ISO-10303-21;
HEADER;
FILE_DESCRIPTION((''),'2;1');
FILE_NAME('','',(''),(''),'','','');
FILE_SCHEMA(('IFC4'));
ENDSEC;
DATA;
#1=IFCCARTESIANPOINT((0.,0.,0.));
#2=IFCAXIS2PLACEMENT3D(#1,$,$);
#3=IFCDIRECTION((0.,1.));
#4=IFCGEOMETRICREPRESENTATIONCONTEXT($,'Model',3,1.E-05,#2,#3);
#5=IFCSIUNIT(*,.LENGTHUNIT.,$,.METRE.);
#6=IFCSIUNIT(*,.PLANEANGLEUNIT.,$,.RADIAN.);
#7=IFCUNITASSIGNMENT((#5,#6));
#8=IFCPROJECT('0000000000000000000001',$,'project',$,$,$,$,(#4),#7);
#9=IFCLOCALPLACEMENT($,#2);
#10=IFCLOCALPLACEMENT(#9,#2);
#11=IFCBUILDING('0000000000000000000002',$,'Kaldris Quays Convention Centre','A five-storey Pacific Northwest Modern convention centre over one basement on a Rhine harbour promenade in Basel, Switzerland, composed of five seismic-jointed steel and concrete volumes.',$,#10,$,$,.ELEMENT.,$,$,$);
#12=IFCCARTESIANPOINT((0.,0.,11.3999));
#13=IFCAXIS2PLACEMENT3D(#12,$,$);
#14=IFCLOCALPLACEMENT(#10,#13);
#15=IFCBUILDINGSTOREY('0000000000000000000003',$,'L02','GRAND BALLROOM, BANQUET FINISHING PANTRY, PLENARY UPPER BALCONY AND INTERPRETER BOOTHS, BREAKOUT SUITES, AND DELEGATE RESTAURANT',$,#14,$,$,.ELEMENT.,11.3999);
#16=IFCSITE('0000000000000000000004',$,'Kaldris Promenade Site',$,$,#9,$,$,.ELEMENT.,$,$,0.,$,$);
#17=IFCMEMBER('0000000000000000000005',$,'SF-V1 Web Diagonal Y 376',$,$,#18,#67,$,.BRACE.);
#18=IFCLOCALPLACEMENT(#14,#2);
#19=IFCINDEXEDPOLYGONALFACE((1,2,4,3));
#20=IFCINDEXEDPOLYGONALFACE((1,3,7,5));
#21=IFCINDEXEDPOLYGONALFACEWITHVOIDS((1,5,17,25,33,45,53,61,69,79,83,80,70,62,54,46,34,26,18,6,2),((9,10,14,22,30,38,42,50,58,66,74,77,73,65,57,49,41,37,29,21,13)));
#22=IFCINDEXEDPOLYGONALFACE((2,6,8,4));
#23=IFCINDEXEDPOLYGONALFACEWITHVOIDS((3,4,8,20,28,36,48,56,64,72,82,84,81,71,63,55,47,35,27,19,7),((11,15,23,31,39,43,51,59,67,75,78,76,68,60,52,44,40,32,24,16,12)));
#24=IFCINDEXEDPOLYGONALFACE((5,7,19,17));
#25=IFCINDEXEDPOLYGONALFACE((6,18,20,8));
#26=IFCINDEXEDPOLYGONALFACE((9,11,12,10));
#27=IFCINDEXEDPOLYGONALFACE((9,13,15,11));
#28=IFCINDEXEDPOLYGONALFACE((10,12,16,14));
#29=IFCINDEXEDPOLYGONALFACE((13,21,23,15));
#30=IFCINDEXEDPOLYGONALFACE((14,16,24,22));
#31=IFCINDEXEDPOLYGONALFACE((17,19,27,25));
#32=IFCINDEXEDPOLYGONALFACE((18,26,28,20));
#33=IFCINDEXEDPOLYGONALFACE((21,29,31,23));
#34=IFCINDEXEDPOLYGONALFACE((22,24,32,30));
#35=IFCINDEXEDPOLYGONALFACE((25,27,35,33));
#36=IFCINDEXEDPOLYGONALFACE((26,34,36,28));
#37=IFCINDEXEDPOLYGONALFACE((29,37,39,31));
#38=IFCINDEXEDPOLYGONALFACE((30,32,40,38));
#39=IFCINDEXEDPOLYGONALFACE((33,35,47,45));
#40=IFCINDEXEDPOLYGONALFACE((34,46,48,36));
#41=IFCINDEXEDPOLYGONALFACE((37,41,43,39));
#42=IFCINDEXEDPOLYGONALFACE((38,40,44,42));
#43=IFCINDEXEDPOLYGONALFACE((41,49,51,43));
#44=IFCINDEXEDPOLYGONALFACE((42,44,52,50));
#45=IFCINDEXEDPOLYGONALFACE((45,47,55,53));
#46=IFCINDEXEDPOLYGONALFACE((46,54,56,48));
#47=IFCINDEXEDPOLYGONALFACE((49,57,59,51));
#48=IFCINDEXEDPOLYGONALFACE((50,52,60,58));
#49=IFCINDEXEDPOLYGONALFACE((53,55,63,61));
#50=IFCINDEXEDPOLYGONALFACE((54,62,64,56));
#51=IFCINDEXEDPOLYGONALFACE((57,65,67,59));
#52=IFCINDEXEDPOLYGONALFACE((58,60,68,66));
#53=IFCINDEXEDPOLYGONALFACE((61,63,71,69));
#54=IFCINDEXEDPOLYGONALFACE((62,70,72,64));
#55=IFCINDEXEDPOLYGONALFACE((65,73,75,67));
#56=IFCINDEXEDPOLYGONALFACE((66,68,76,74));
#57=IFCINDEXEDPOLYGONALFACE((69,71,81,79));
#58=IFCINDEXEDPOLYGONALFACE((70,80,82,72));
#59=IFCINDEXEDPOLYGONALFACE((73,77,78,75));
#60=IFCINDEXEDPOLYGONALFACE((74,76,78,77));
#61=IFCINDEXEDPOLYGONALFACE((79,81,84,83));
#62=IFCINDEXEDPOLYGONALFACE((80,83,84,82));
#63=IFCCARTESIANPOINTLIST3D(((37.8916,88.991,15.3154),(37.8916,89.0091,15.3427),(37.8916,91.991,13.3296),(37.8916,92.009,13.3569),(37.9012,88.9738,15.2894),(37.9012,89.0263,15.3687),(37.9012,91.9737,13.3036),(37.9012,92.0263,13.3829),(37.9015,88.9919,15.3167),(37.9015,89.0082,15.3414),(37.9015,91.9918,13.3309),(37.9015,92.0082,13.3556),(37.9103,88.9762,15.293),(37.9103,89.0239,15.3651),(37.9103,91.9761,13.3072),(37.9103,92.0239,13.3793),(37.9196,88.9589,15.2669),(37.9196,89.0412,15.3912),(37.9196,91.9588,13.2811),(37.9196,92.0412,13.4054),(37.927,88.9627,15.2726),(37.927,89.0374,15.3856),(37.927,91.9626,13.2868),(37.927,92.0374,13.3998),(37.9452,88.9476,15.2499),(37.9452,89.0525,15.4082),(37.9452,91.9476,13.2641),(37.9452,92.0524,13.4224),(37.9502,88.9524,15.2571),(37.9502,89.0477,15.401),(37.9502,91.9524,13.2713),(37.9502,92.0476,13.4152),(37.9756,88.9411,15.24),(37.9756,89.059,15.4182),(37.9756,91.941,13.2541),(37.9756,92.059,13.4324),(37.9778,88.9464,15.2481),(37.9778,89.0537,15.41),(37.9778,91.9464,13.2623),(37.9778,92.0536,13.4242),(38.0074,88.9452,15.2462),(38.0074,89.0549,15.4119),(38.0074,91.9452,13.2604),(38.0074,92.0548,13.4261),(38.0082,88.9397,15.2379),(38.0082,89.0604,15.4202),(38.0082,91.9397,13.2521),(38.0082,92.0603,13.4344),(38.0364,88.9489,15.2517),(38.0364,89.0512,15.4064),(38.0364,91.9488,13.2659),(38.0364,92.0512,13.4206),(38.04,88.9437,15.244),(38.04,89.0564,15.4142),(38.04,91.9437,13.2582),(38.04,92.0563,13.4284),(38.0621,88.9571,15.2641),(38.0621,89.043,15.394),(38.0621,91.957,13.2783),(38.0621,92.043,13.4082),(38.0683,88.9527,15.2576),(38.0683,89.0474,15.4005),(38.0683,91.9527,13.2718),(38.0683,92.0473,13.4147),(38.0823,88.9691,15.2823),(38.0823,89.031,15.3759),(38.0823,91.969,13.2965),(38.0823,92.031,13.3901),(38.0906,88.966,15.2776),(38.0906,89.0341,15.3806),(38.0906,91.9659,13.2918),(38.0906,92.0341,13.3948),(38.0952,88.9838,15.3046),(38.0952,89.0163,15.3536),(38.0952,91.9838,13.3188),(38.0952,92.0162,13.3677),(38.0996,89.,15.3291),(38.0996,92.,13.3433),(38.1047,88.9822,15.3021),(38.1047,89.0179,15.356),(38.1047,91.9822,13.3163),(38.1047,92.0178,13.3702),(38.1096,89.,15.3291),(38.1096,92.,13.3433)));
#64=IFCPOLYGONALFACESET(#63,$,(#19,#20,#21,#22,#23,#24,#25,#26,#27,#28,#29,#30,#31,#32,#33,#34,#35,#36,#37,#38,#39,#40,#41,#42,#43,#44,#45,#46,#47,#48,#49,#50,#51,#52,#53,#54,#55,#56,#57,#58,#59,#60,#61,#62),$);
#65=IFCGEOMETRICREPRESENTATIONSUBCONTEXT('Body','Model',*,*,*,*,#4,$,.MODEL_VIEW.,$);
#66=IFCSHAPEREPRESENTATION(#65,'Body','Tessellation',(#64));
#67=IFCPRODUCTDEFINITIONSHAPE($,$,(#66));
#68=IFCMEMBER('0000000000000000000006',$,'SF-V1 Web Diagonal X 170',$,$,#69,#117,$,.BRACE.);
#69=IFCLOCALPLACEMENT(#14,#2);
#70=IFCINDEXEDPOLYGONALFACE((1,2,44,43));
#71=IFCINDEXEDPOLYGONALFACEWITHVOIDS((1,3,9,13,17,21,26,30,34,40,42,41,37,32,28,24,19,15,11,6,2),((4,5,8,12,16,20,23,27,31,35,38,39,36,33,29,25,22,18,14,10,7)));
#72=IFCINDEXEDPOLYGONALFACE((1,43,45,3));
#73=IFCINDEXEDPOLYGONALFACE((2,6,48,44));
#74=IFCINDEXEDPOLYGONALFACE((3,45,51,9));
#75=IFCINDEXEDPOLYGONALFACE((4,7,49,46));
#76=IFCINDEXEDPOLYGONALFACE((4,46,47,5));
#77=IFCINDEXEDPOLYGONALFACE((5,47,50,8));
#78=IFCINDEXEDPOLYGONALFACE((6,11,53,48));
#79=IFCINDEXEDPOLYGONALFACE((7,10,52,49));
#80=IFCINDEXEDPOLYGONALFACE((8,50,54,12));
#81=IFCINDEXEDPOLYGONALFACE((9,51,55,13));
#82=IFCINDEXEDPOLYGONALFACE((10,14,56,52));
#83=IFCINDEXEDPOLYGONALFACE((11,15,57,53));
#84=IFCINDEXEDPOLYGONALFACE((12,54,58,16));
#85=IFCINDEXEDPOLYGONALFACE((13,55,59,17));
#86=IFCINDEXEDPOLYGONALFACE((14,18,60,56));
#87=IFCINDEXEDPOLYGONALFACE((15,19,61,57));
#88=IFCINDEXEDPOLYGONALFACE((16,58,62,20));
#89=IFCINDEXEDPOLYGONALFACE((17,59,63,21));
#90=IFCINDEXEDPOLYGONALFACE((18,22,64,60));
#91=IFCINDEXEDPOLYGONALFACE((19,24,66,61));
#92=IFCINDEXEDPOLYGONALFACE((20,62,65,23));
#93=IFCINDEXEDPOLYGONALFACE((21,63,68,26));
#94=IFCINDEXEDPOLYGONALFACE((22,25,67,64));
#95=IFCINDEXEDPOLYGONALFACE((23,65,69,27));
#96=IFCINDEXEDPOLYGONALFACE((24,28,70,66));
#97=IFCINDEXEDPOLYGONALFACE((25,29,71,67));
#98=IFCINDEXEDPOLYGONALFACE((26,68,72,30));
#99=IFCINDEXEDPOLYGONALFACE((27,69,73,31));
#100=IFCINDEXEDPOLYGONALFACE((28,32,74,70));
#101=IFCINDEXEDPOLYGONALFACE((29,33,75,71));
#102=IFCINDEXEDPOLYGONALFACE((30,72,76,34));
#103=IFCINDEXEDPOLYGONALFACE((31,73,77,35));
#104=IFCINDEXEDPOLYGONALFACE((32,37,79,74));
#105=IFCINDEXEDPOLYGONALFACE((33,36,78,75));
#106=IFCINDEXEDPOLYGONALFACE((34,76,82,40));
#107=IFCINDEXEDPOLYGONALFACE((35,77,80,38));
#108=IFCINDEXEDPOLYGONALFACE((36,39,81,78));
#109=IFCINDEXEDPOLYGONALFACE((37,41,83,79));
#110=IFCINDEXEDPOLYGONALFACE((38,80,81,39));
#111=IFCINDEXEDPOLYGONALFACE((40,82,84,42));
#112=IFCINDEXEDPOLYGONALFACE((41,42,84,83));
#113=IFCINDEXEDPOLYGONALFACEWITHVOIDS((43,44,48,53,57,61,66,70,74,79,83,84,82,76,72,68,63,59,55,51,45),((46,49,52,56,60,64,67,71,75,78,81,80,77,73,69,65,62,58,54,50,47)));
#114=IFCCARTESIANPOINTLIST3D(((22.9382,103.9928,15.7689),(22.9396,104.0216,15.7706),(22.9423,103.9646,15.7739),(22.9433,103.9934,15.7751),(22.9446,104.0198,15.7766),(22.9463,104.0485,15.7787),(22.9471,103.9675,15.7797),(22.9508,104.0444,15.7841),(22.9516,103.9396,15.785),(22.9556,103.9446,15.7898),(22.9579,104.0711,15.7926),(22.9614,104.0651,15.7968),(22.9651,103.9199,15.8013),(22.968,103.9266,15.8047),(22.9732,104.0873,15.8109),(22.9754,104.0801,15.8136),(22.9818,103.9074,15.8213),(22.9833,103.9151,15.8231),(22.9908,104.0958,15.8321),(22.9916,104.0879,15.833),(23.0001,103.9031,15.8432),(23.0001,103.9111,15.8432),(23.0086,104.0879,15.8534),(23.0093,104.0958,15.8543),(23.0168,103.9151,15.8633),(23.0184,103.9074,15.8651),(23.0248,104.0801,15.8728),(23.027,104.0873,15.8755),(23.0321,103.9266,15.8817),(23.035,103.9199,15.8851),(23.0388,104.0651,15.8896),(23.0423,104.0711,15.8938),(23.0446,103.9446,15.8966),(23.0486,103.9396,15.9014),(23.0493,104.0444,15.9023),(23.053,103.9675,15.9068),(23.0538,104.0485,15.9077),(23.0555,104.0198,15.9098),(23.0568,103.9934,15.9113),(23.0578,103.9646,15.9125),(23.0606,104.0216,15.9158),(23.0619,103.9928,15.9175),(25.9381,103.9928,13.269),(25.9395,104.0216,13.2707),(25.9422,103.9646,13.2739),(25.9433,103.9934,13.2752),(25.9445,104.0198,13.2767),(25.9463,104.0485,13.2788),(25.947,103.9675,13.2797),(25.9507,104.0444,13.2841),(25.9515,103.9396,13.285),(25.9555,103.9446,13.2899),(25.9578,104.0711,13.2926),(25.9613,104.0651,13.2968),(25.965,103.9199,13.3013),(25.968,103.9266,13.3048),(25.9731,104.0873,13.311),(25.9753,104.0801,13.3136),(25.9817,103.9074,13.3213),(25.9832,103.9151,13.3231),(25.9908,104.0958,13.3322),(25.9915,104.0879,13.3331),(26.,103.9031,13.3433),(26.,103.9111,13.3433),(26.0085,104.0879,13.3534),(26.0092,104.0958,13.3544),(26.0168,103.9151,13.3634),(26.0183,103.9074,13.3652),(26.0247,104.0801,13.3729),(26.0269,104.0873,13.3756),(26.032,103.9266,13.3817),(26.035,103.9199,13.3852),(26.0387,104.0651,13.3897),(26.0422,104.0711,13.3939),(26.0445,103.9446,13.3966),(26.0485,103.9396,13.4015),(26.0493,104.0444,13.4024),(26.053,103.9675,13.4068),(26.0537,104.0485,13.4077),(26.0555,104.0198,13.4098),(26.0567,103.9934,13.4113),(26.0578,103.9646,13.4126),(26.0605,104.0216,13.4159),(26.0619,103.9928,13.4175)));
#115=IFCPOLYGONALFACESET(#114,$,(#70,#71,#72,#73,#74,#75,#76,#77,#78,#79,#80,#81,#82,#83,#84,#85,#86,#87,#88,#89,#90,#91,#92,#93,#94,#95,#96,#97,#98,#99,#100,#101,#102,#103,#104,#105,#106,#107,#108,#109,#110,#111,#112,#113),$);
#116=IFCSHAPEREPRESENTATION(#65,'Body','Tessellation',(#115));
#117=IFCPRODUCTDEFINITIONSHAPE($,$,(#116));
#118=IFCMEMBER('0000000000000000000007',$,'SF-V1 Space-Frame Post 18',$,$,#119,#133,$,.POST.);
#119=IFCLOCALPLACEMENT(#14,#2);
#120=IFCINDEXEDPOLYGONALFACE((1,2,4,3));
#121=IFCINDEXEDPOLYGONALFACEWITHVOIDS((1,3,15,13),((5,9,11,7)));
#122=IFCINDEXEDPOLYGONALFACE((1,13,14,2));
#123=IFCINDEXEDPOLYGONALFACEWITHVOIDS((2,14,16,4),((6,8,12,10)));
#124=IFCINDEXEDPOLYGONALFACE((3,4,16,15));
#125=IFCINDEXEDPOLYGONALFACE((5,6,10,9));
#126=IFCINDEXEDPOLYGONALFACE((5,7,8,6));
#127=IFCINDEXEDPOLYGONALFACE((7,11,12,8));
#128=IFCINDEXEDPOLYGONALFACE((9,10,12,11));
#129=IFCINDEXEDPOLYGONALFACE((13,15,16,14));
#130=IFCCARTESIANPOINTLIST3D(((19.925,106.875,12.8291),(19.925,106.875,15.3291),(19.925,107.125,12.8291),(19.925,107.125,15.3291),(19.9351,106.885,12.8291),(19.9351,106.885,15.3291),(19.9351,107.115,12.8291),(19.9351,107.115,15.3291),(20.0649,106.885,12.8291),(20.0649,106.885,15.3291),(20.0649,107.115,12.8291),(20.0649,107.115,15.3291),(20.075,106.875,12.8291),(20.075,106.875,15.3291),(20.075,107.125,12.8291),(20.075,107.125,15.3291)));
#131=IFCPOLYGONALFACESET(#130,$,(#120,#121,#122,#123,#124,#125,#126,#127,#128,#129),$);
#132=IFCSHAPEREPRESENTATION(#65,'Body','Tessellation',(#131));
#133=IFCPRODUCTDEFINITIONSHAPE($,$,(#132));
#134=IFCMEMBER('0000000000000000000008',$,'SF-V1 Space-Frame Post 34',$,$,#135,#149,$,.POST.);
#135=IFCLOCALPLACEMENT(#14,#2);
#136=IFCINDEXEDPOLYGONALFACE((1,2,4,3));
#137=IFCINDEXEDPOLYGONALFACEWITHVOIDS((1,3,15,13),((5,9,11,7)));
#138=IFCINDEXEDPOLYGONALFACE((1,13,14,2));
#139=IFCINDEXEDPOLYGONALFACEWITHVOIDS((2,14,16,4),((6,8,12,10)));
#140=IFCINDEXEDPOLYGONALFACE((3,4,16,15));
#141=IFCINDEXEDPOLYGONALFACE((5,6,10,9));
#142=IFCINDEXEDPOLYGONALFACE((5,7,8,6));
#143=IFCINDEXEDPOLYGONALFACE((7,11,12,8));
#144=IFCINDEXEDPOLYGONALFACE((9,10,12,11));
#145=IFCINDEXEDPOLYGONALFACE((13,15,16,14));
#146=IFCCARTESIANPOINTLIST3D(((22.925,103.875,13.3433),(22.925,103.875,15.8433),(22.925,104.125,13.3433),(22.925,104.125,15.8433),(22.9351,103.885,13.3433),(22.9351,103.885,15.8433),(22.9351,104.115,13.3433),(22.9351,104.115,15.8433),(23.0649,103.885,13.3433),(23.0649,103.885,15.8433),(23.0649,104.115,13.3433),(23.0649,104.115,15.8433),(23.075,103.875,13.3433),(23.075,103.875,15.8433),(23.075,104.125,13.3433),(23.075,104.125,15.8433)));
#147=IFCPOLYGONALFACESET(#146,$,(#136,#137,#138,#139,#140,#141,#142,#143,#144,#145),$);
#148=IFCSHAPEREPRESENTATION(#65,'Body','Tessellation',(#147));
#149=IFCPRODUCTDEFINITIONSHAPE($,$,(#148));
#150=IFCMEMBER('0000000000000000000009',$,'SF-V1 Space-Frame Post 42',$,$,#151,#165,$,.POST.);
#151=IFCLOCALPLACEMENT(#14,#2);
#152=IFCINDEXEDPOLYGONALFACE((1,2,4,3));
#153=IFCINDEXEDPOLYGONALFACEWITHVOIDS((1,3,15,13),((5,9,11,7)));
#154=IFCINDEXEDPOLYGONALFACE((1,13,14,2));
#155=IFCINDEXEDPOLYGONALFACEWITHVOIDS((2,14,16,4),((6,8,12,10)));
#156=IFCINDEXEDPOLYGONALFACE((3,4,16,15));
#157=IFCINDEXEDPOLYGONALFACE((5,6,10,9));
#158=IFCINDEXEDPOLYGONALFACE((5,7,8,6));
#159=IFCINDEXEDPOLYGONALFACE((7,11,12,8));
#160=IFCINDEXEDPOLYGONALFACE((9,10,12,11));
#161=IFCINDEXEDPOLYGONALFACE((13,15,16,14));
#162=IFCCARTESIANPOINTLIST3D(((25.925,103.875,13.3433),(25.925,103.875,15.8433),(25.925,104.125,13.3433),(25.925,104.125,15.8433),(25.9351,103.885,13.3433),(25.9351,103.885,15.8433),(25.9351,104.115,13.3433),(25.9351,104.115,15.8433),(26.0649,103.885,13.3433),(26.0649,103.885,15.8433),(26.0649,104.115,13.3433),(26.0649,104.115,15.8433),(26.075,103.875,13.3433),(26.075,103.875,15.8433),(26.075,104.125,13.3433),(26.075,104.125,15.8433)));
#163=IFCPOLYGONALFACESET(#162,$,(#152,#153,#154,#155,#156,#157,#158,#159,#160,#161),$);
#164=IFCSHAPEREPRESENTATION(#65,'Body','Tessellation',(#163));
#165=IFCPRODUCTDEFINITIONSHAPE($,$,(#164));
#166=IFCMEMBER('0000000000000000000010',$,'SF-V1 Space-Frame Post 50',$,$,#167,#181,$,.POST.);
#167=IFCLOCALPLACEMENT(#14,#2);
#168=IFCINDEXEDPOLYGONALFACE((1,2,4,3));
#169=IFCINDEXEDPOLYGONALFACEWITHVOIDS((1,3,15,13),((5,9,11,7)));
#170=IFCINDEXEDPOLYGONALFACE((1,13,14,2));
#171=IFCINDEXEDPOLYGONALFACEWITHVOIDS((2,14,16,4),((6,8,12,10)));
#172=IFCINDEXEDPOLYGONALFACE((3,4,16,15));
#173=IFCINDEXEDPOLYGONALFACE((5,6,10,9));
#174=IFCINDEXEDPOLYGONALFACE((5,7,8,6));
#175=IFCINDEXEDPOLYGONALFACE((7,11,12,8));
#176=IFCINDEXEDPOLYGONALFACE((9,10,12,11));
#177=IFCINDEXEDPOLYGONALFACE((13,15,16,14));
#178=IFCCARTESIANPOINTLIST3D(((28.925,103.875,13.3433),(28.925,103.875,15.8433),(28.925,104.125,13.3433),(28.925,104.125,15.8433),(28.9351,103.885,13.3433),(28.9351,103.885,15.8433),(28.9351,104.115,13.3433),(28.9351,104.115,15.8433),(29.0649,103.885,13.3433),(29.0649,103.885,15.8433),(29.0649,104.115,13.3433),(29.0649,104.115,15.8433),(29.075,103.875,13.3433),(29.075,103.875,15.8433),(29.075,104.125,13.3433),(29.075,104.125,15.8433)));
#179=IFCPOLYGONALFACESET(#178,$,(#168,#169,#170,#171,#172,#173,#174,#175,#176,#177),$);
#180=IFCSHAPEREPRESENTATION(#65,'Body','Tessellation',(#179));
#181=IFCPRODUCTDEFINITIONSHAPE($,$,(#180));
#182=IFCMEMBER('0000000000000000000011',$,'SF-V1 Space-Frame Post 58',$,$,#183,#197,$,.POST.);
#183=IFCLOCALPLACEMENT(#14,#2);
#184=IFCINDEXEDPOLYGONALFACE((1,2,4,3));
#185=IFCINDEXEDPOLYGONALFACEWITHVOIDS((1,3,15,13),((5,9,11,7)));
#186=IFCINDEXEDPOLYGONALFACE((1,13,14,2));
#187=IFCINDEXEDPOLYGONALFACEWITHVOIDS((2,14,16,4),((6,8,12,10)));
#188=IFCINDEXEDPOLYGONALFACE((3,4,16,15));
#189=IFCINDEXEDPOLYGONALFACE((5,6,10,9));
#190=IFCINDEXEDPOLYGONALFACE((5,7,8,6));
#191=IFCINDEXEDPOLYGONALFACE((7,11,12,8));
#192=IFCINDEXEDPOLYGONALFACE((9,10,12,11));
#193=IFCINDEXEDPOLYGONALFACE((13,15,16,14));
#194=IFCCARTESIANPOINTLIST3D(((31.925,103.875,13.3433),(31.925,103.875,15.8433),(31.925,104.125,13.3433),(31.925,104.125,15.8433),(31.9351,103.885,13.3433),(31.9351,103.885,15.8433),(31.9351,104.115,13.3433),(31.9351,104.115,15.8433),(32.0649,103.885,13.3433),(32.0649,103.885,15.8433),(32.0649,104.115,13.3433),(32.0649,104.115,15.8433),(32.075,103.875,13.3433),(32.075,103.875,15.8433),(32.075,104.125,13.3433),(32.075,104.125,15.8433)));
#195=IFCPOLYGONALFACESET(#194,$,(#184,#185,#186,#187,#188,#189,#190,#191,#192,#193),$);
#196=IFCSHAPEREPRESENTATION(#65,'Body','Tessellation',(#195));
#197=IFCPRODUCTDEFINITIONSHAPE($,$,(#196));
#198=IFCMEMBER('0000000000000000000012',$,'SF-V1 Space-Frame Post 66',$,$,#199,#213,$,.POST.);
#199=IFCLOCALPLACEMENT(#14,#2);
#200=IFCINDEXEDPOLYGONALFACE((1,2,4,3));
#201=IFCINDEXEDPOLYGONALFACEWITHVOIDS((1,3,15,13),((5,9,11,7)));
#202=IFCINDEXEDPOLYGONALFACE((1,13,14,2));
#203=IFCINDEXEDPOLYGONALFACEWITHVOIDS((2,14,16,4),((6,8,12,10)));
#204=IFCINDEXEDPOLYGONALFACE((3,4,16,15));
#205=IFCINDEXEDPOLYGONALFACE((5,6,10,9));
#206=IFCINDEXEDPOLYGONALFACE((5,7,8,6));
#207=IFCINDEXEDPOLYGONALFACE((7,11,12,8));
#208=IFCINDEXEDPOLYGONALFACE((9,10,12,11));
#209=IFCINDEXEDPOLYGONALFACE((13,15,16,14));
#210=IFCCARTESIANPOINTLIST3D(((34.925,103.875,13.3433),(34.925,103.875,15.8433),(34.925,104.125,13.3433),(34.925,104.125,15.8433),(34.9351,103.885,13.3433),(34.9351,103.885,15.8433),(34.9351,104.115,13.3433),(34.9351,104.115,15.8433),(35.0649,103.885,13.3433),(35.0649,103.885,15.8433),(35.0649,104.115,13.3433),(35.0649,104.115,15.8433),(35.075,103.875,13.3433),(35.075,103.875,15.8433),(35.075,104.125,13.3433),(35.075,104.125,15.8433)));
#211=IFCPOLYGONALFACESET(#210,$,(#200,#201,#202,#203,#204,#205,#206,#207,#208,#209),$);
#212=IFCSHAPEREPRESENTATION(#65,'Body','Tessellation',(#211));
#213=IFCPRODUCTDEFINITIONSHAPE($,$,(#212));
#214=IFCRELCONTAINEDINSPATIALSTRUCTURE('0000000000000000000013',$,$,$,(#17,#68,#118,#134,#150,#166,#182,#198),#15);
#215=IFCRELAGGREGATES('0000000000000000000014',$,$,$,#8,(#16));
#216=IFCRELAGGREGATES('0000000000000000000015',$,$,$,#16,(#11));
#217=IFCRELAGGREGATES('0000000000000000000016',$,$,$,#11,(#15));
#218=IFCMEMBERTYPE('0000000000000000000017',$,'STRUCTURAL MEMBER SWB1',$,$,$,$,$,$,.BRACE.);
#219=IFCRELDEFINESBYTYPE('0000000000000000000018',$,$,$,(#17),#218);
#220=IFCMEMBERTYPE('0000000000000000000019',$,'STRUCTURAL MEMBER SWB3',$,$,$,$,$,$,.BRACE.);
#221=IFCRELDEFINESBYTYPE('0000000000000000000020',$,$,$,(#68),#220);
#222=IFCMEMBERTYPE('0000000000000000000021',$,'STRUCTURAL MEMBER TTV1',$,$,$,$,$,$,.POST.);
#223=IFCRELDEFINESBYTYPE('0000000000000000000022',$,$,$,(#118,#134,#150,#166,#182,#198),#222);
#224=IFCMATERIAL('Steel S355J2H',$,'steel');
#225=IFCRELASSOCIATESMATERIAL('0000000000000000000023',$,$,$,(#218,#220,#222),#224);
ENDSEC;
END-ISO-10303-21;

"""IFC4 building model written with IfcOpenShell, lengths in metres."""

from ifc_helpers import new_model, si_unit, direction, frame, origin, origin_2d, place, context, subcontext, project, spatial, hollow_rectangle, hollow_circle, extrude, material, material_profile, profile_set, type_object, element, save


model = new_model("IFC4")

# Units and contexts
model_context = context("Model", 3, precision=1e-05, world=origin(), true_north=direction((0.0, 1.0)))
body_context = subcontext(model_context, "Body", "Model", "MODEL_VIEW")
ifc_project = project(units=[si_unit("LENGTHUNIT", "METRE"), si_unit("PLANEANGLEUNIT", "RADIAN")], contexts=[model_context])

# Site, building, storey
site_placement = place(None, origin())
site = spatial("IfcSite", under=ifc_project, at=site_placement, Name="Kaldris Promenade Site", CompositionType="ELEMENT", RefElevation=0.0)
building_placement = place(site_placement, origin())
building = spatial("IfcBuilding", under=site, at=building_placement, Name="Kaldris Quays Convention Centre", Description="A five-storey Pacific Northwest Modern convention centre over one basement on a Rhine harbour promenade in Basel, Switzerland, composed of five seismic-jointed steel and concrete volumes.", CompositionType="ELEMENT")
storey_placement = place(building_placement, frame((0.0, 0.0, 11.3999)))
storey = spatial("IfcBuildingStorey", under=building, at=storey_placement, Name="L02", Description="GRAND BALLROOM, BANQUET FINISHING PANTRY, PLENARY UPPER BALCONY AND INTERPRETER BOOTHS, BREAKOUT SUITES, AND DELEGATE RESTAURANT", CompositionType="ELEMENT", Elevation=11.3999)

# Members
ifc_material_1 = material(Name="Steel S355J2H", Category="steel")
ifc_material_profile_1 = material_profile(ifc_material_1, hollow_circle(Radius=0.1096, WallThickness=0.01, at=origin_2d()), Name="CHS 219.1x10")
ifc_profile_set_1 = profile_set([ifc_material_profile_1], Name="Steel S355J2H")
member_type_1 = type_object("IfcMemberType", Name="STRUCTURAL MEMBER SWB1", PredefinedType="BRACE", material=ifc_profile_set_1)
member_1_placement = place(storey_placement, frame((38.0, 92.0, 13.3433), z_axis=(0.0, -0.833862, 0.551972), x_axis=(1.0, 0.0, 0.0)))
element("IfcMember", 1, at=member_1_placement, inside=storey, type_object=member_type_1, Name="SF-V1 Web Diagonal Y 376", PredefinedType="BRACE", context=body_context, shape_type="SweptSolid", body=[
    extrude(hollow_circle(Radius=0.1096, WallThickness=0.01, at=origin_2d()), origin(), (0.0, 0.0, 1.0), 3.5977),
])
ifc_material_profile_2 = material_profile(ifc_material_1, hollow_circle(Radius=0.0969, WallThickness=0.0081, at=origin_2d()), Name="CHS 193.7x8")
ifc_profile_set_2 = profile_set([ifc_material_profile_2], Name="Steel S355J2H")
member_type_2 = type_object("IfcMemberType", Name="STRUCTURAL MEMBER SWB3", PredefinedType="BRACE", material=ifc_profile_set_2)
member_2_placement = place(storey_placement, frame((26.0, 104.0, 13.3433), z_axis=(-0.768221, 0.0, 0.640184), x_axis=(0.0, -1.0, 0.0)))
element("IfcMember", 2, at=member_2_placement, inside=storey, type_object=member_type_2, Name="SF-V1 Web Diagonal X 170", PredefinedType="BRACE", context=body_context, shape_type="SweptSolid", body=[
    extrude(hollow_circle(Radius=0.0969, WallThickness=0.0081, at=origin_2d()), origin(), (0.0, 0.0, 1.0), 3.905),
])
ifc_material_profile_3 = material_profile(ifc_material_1, hollow_rectangle(XDim=0.1499, YDim=0.25, WallThickness=0.01, at=origin_2d()), Name="RHS 250x150x10")
ifc_profile_set_3 = profile_set([ifc_material_profile_3], Name="Steel S355J2H")
member_type_3 = type_object("IfcMemberType", Name="STRUCTURAL MEMBER TTV1", PredefinedType="POST", material=ifc_profile_set_3)
for number, where, z_axis, x_axis, name in (
    (3, (20.0, 107.0, 12.8291), (0.0, 0.0, 1.0), (1.0, 0.0, 0.0), "SF-V1 Space-Frame Post 18"),
    (4, (23.0, 104.0, 13.3433), (0.0, 0.0, 1.0), (1.0, 0.0, 0.0), "SF-V1 Space-Frame Post 34"),
    (5, (26.0, 104.0, 13.3433), (0.0, 0.0, 1.0), (1.0, 0.0, 0.0), "SF-V1 Space-Frame Post 42"),
    (6, (29.0, 104.0, 13.3433), (0.0, 0.0, 1.0), (1.0, 0.0, 0.0), "SF-V1 Space-Frame Post 50"),
    (7, (32.0, 104.0, 13.3433), (0.0, 0.0, 1.0), (1.0, 0.0, 0.0), "SF-V1 Space-Frame Post 58"),
    (8, (35.0, 104.0, 13.3433), (0.0, 0.0, 1.0), (1.0, 0.0, 0.0), "SF-V1 Space-Frame Post 66"),
):
    element("IfcMember", number, at=place(storey_placement, frame(where, z_axis=z_axis, x_axis=x_axis)), inside=storey, type_object=member_type_3, Name=name, PredefinedType="POST", context=body_context, shape_type="SweptSolid", body=[
        extrude(hollow_rectangle(XDim=0.1499, YDim=0.25, WallThickness=0.01, at=origin_2d()), origin(), (0.0, 0.0, 1.0), 2.5),
    ])

save(model, "model.ifc")
